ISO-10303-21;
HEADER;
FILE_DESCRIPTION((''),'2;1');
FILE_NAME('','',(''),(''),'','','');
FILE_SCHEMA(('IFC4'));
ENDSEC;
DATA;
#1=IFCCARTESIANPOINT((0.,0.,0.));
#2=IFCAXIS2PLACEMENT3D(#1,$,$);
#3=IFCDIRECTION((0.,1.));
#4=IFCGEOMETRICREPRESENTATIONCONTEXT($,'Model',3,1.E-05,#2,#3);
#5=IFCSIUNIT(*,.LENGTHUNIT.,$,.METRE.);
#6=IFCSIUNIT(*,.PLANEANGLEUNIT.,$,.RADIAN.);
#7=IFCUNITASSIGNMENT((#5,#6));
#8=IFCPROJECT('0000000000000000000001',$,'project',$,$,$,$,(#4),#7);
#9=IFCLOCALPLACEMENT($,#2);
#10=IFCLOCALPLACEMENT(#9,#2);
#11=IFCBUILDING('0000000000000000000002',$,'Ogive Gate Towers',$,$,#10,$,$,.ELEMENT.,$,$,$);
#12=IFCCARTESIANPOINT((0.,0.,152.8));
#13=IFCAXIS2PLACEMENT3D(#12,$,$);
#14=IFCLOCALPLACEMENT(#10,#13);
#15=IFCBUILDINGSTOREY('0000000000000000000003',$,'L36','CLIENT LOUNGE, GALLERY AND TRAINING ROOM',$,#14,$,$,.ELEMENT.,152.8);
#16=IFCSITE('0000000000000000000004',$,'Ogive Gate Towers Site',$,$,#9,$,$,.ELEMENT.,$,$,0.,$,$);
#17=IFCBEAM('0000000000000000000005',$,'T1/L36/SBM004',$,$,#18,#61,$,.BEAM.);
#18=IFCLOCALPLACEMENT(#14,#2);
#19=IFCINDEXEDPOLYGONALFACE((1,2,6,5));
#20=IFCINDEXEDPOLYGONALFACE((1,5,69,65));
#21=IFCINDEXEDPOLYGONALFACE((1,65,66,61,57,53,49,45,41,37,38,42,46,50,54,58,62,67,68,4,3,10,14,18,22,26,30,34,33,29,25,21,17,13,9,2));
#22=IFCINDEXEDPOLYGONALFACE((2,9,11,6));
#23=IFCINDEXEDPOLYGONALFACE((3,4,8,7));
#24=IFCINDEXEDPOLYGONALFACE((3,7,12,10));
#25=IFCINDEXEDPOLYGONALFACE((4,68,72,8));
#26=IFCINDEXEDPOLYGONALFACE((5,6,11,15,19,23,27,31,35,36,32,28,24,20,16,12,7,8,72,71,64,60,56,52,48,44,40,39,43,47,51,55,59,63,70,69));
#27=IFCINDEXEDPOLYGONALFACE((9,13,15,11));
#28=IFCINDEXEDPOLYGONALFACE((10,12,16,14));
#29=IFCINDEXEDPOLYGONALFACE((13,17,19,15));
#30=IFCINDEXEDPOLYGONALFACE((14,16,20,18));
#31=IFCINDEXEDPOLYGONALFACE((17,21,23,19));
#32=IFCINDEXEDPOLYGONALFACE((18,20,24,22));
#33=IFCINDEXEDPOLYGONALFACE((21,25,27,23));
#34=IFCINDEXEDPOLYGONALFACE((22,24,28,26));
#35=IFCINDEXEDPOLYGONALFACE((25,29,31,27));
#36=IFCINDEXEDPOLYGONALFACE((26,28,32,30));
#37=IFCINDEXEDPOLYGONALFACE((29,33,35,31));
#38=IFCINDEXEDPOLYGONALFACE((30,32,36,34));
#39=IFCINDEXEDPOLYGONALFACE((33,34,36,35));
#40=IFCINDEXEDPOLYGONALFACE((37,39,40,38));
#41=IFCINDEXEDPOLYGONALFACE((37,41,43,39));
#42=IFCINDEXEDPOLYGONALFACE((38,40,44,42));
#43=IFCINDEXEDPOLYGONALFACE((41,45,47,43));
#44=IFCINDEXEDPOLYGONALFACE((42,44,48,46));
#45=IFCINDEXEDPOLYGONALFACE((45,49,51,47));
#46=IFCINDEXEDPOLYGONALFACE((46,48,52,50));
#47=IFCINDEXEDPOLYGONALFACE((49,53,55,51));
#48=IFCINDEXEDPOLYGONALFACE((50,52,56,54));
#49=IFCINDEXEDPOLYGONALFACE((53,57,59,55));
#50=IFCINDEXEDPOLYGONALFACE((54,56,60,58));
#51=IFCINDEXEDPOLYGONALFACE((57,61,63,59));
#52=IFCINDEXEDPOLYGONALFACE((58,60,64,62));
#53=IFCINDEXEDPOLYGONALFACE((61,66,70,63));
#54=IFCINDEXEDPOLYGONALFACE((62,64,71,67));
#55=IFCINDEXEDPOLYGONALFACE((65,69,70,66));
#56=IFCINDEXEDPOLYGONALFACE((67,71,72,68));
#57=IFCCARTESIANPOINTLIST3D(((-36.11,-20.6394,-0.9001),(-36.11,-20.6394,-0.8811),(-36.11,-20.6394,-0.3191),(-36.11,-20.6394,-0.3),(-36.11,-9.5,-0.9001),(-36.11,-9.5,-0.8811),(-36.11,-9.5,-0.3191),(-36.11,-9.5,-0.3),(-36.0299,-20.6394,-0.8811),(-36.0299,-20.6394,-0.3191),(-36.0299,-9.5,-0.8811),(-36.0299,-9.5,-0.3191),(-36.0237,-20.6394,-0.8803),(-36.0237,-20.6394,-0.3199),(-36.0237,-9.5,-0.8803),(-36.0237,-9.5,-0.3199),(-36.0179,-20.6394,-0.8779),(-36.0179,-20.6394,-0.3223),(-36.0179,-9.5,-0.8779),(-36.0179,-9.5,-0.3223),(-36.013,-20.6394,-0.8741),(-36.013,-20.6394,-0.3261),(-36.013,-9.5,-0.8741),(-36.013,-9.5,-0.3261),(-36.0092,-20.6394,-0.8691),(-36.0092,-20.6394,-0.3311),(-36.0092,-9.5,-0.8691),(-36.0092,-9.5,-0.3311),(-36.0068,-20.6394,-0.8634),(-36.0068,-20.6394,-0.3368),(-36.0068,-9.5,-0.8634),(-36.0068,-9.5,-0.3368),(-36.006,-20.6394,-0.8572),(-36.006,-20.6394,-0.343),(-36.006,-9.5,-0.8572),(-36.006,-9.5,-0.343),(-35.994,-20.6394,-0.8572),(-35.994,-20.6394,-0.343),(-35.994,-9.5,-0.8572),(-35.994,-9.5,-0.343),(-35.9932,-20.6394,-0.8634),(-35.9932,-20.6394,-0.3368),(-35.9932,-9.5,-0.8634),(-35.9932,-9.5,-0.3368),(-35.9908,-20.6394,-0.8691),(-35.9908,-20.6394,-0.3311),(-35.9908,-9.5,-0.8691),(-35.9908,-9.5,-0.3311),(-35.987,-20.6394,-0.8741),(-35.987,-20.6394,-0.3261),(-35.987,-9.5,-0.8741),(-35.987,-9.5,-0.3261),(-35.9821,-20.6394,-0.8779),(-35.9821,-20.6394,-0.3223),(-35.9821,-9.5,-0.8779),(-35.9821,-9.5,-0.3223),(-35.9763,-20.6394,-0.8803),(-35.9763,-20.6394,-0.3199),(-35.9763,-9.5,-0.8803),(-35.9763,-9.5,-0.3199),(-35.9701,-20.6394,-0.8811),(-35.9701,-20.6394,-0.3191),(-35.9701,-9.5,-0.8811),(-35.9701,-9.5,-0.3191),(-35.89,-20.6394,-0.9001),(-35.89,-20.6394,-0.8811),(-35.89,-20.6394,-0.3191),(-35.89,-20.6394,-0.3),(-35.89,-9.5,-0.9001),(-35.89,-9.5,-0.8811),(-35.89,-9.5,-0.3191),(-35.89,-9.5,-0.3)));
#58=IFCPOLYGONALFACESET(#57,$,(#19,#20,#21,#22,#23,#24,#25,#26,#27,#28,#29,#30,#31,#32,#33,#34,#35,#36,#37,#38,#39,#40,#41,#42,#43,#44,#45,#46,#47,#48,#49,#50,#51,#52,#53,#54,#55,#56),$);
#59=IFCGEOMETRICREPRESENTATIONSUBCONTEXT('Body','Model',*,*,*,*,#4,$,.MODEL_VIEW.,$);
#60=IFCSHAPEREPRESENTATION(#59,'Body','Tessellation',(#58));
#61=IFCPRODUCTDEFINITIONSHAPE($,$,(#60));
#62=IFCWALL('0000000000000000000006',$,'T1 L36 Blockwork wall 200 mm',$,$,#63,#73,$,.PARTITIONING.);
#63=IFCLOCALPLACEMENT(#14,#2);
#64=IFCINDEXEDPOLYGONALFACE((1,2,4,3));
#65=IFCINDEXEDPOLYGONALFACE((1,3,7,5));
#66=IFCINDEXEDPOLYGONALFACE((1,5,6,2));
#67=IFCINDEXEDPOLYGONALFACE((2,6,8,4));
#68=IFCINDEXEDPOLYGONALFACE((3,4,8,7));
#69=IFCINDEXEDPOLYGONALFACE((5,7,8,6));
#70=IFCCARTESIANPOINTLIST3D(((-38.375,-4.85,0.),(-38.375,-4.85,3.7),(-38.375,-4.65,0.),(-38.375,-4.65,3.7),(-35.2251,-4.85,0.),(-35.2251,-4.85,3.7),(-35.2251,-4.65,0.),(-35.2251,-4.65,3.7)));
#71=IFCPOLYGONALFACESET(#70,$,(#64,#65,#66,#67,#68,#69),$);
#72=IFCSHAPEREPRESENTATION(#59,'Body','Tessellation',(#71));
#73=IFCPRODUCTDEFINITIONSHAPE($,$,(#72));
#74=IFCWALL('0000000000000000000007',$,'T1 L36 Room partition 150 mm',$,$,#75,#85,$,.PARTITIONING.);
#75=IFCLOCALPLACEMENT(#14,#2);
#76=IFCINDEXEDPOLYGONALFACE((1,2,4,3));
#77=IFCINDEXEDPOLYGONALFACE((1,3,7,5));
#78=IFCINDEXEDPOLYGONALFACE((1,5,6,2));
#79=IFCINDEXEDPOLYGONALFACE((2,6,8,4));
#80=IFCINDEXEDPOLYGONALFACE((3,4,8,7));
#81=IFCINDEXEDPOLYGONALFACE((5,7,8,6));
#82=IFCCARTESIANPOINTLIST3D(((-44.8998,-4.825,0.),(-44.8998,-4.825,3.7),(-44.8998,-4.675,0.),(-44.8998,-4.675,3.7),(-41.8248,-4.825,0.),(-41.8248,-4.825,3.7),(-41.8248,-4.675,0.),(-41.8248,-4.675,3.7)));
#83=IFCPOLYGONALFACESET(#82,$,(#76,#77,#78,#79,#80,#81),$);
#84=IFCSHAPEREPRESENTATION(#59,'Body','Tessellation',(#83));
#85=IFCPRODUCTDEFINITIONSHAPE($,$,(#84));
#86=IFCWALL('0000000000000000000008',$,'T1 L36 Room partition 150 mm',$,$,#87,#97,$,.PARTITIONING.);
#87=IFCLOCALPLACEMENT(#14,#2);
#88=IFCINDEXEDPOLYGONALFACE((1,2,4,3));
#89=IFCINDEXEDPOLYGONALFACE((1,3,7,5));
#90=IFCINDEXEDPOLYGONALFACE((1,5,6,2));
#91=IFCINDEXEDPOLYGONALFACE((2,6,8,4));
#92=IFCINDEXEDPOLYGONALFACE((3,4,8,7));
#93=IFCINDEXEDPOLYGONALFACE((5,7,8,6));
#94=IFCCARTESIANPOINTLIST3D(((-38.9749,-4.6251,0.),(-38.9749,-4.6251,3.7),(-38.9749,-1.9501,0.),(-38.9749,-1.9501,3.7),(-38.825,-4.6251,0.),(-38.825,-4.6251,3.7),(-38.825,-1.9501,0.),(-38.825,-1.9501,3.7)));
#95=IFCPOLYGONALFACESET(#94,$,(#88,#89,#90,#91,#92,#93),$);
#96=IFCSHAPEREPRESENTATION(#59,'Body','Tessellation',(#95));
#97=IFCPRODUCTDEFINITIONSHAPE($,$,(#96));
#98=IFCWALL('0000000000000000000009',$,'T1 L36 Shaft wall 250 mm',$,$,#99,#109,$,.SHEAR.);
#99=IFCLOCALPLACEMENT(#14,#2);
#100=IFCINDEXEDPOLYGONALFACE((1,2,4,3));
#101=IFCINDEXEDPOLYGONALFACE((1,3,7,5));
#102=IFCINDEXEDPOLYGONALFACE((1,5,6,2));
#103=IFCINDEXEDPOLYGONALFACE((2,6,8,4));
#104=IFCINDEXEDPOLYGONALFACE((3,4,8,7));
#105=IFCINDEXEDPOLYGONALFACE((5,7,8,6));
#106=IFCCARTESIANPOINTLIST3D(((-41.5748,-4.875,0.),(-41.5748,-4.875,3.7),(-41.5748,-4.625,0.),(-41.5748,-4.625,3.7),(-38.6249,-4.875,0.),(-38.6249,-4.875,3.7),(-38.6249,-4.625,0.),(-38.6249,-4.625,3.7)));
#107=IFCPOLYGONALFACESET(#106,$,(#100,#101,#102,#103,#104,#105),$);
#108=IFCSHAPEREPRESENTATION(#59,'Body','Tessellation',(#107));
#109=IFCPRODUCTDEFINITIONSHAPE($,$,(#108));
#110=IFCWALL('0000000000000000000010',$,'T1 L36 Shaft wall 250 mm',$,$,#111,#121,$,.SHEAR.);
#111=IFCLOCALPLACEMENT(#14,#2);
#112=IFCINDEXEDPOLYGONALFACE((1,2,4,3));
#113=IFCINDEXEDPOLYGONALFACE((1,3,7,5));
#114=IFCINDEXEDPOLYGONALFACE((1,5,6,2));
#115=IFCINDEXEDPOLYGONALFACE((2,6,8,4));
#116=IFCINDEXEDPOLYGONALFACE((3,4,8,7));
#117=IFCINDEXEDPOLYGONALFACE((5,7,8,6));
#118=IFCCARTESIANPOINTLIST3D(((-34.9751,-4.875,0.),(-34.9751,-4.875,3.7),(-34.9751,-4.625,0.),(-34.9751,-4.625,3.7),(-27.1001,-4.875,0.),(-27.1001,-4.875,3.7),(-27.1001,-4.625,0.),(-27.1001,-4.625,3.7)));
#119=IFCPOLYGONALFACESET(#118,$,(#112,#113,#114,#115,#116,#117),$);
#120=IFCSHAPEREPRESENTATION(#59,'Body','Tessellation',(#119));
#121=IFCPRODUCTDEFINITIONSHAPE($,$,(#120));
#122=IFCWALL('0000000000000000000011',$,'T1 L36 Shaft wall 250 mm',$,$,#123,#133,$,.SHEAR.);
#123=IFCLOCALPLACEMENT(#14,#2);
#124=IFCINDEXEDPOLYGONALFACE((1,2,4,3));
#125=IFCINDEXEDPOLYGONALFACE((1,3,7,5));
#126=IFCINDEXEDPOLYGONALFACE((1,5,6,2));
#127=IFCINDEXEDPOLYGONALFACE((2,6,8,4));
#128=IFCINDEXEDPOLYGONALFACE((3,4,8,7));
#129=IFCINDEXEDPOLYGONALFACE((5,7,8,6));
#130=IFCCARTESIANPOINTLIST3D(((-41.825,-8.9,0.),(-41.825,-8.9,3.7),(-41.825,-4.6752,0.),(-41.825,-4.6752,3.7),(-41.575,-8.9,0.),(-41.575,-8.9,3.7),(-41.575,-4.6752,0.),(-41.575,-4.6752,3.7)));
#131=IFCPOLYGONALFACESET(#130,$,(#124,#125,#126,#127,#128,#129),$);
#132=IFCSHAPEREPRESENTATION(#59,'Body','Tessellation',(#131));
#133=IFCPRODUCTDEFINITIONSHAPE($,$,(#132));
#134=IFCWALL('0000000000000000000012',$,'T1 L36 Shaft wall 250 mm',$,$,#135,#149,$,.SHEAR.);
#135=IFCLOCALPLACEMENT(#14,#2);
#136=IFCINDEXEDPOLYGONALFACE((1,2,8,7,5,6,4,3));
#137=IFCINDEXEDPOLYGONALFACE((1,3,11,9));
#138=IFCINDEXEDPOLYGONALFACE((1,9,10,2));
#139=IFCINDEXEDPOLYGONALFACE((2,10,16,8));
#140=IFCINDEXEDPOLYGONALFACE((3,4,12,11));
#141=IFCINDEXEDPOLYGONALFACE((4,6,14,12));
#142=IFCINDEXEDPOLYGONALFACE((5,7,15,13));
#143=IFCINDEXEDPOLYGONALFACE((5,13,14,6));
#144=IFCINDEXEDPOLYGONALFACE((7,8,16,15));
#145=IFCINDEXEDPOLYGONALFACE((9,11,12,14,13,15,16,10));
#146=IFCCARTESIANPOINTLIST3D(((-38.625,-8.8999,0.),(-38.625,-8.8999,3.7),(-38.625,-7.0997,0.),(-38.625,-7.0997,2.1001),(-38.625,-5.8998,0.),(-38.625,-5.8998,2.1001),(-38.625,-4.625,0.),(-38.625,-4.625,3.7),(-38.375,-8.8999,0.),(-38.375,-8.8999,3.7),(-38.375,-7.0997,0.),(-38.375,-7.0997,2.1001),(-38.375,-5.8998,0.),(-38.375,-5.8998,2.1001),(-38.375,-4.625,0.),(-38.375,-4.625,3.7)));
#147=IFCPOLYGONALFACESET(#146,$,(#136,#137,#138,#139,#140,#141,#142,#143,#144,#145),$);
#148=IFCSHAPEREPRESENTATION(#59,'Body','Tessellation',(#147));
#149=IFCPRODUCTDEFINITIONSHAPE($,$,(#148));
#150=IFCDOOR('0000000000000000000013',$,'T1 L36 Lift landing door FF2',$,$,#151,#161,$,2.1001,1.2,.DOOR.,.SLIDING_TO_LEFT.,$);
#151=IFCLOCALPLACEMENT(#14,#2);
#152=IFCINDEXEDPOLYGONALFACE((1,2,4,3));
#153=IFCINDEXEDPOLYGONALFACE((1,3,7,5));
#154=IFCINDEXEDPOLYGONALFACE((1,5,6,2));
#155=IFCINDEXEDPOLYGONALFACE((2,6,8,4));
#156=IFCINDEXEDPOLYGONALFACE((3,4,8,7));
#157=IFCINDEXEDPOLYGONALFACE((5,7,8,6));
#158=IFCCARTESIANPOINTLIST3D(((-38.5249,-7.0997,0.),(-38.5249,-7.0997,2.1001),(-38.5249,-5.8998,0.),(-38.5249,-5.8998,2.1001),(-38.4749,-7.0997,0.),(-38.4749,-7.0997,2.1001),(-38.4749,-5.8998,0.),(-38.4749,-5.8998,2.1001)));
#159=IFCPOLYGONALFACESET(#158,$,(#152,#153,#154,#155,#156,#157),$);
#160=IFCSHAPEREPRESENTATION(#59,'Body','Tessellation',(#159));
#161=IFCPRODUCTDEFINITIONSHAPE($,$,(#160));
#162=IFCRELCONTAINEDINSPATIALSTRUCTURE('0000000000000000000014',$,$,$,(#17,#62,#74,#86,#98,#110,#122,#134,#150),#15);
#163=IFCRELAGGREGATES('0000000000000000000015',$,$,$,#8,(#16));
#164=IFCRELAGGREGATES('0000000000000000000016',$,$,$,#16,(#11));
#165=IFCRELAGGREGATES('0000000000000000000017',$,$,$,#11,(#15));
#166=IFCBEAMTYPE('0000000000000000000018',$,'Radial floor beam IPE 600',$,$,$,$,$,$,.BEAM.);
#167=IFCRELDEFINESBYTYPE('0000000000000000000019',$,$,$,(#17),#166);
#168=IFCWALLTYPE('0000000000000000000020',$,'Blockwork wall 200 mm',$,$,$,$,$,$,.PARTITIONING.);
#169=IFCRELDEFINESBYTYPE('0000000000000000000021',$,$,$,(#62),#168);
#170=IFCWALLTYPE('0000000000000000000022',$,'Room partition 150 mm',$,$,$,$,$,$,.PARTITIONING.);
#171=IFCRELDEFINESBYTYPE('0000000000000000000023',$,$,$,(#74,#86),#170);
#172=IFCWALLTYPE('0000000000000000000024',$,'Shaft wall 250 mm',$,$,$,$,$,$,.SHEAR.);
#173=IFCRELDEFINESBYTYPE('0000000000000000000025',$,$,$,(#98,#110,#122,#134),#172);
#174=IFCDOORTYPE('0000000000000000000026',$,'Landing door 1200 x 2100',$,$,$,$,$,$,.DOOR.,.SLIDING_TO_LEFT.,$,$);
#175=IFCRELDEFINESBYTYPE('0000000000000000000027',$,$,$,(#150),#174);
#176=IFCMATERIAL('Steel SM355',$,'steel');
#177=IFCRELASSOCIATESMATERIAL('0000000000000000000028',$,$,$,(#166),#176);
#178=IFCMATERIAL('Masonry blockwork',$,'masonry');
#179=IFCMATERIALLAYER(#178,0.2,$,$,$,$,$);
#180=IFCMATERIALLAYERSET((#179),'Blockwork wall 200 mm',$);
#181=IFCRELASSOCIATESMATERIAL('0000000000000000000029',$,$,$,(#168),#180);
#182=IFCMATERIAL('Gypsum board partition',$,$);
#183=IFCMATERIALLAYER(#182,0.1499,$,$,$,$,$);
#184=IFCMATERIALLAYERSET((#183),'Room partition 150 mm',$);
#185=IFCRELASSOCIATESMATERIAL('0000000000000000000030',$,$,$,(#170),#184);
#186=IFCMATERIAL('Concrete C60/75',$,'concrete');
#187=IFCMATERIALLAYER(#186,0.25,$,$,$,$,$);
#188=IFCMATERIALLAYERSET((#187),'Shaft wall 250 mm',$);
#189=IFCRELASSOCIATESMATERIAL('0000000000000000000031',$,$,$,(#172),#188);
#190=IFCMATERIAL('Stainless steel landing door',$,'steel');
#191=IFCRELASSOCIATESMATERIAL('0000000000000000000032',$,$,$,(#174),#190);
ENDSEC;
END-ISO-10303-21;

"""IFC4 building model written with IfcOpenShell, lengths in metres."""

from ifc_helpers import new_model, si_unit, direction, frame, frame_2d, origin, origin_2d, place, context, subcontext, project, spatial, rectangle, i_section, extrude, material, layer, layer_set, material_profile, profile_set, type_object, element, fill, save


model = new_model("IFC4")

# Units and contexts
model_context = context("Model", 3, precision=1e-05, world=origin(), true_north=direction((0.0, 1.0)))
body_context = subcontext(model_context, "Body", "Model", "MODEL_VIEW")
ifc_project = project(units=[si_unit("LENGTHUNIT", "METRE"), si_unit("PLANEANGLEUNIT", "RADIAN")], contexts=[model_context])

# Site, building, storey
site_placement = place(None, origin())
site = spatial("IfcSite", under=ifc_project, at=site_placement, Name="Ogive Gate Towers Site", CompositionType="ELEMENT", RefElevation=0.0)
building_placement = place(site_placement, origin())
building = spatial("IfcBuilding", under=site, at=building_placement, Name="Ogive Gate Towers", CompositionType="ELEMENT")
storey_placement = place(building_placement, frame((0.0, 0.0, 152.8)))
storey = spatial("IfcBuildingStorey", under=building, at=storey_placement, Name="L36", Description="CLIENT LOUNGE, GALLERY AND TRAINING ROOM", CompositionType="ELEMENT", Elevation=152.8)

# Beam
ifc_material_1 = material(Name="Steel SM355", Category="steel")
ifc_material_profile = material_profile(ifc_material_1, i_section(OverallWidth=0.22, OverallDepth=0.6001, WebThickness=0.012, FlangeThickness=0.019, FilletRadius=0.0239, at=origin_2d()), Name="IPE 600")
ifc_profile_set = profile_set([ifc_material_profile], Name="Steel SM355")
beam_type = type_object("IfcBeamType", Name="Radial floor beam IPE 600", PredefinedType="BEAM", material=ifc_profile_set)
beam_placement = place(storey_placement, frame((-36.0, -9.5, -0.6001), z_axis=(0.0, -1.0, 0.0), x_axis=(1.0, 0.0, 0.0)))
element("IfcBeam", 1, at=beam_placement, inside=storey, type_object=beam_type, Name="T1/L36/SBM004", PredefinedType="BEAM", context=body_context, shape_type="SweptSolid", body=[
    extrude(i_section(OverallWidth=0.22, OverallDepth=0.6001, WebThickness=0.012, FlangeThickness=0.019, FilletRadius=0.0239, at=origin_2d()), origin(), (0.0, 0.0, 1.0), 11.1394),
])

# Walls
ifc_material_2 = material(Name="Masonry blockwork", Category="masonry")
ifc_layer_1 = layer(ifc_material_2, 0.2)
ifc_layer_set_1 = layer_set([ifc_layer_1], Name="Blockwork wall 200 mm")
wall_type_1 = type_object("IfcWallType", Name="Blockwork wall 200 mm", PredefinedType="PARTITIONING", material=ifc_layer_set_1)
wall_1_placement = place(storey_placement, frame((-38.375, -4.75, 0.0), z_axis=(0.0, 0.0, 1.0), x_axis=(1.0, 0.0, 0.0)))
element("IfcWall", 2, at=wall_1_placement, inside=storey, type_object=wall_type_1, Name="T1 L36 Blockwork wall 200 mm", PredefinedType="PARTITIONING", context=body_context, shape_type="SweptSolid", body=[
    extrude(rectangle(XDim=3.1499, YDim=0.2, at=frame_2d((1.575, 0.0))), origin(), (0.0, 0.0, 1.0), 3.7),
])
ifc_material_3 = material(Name="Gypsum board partition")
ifc_layer_2 = layer(ifc_material_3, 0.1499)
ifc_layer_set_2 = layer_set([ifc_layer_2], Name="Room partition 150 mm")
wall_type_2 = type_object("IfcWallType", Name="Room partition 150 mm", PredefinedType="PARTITIONING", material=ifc_layer_set_2)
wall_2_placement = place(storey_placement, frame((-44.8999, -4.75, 0.0), z_axis=(0.0, 0.0, 1.0), x_axis=(1.0, 0.0, 0.0)))
element("IfcWall", 3, at=wall_2_placement, inside=storey, type_object=wall_type_2, Name="T1 L36 Room partition 150 mm", PredefinedType="PARTITIONING", context=body_context, shape_type="SweptSolid", body=[
    extrude(rectangle(XDim=3.075, YDim=0.1499, at=frame_2d((1.5376, 0.0))), origin(), (0.0, 0.0, 1.0), 3.7),
])
wall_3_placement = place(storey_placement, frame((-38.8999, -4.625, 0.0), z_axis=(0.0, 0.0, 1.0), x_axis=(0.0, 1.0, 0.0)))
element("IfcWall", 4, at=wall_3_placement, inside=storey, type_object=wall_type_2, Name="T1 L36 Room partition 150 mm", PredefinedType="PARTITIONING", context=body_context, shape_type="SweptSolid", body=[
    extrude(rectangle(XDim=2.675, YDim=0.1499, at=frame_2d((1.3374, 0.0))), origin(), (0.0, 0.0, 1.0), 3.7),
])
ifc_material_4 = material(Name="Concrete C60/75", Category="concrete")
ifc_layer_3 = layer(ifc_material_4, 0.25)
ifc_layer_set_3 = layer_set([ifc_layer_3], Name="Shaft wall 250 mm")
wall_type_3 = type_object("IfcWallType", Name="Shaft wall 250 mm", PredefinedType="SHEAR", material=ifc_layer_set_3)
wall_4_placement = place(storey_placement, frame((-41.575, -4.75, 0.0), z_axis=(0.0, 0.0, 1.0), x_axis=(1.0, 0.0, 0.0)))
element("IfcWall", 5, at=wall_4_placement, inside=storey, type_object=wall_type_3, Name="T1 L36 Shaft wall 250 mm", PredefinedType="SHEAR", context=body_context, shape_type="SweptSolid", body=[
    extrude(rectangle(XDim=2.95, YDim=0.25, at=frame_2d((1.4751, 0.0))), origin(), (0.0, 0.0, 1.0), 3.7),
])
wall_5_placement = place(storey_placement, frame((-34.9751, -4.75, 0.0), z_axis=(0.0, 0.0, 1.0), x_axis=(1.0, 0.0, 0.0)))
element("IfcWall", 6, at=wall_5_placement, inside=storey, type_object=wall_type_3, Name="T1 L36 Shaft wall 250 mm", PredefinedType="SHEAR", context=body_context, shape_type="SweptSolid", body=[
    extrude(rectangle(XDim=7.875, YDim=0.25, at=frame_2d((3.9375, 0.0))), origin(), (0.0, 0.0, 1.0), 3.7),
])
wall_6_placement = place(storey_placement, frame((-41.7, -8.8999, 0.0), z_axis=(0.0, 0.0, 1.0), x_axis=(0.0, 1.0, 0.0)))
element("IfcWall", 7, at=wall_6_placement, inside=storey, type_object=wall_type_3, Name="T1 L36 Shaft wall 250 mm", PredefinedType="SHEAR", context=body_context, shape_type="SweptSolid", body=[
    extrude(rectangle(XDim=4.2249, YDim=0.25, at=frame_2d((2.1123, 0.0))), origin(), (0.0, 0.0, 1.0), 3.7),
])

# Wall, opening, door
wall_7_placement = place(storey_placement, frame((-38.5, -8.8999, 0.0), z_axis=(0.0, 0.0, 1.0), x_axis=(0.0, 1.0, 0.0)))
wall_7 = element("IfcWall", 8, at=wall_7_placement, inside=storey, type_object=wall_type_3, Name="T1 L36 Shaft wall 250 mm", PredefinedType="SHEAR", context=body_context, shape_type="SweptSolid", body=[
    extrude(rectangle(XDim=4.2749, YDim=0.25, at=frame_2d((2.1375, 0.0))), origin(), (0.0, 0.0, 1.0), 3.7),
])
opening_1_placement = place(wall_7_placement, frame((1.8, 0.0, 0.0)))
opening_1 = element("IfcOpeningElement", 9, at=opening_1_placement, cuts=wall_7, PredefinedType="OPENING", context=body_context, shape_type="SweptSolid", body=[
    extrude(rectangle(XDim=1.2, YDim=2.1001, at=frame_2d((0.6001, 1.05))), frame((0.0, 0.135, 0.0), z_axis=(0.0, -1.0, 0.0), x_axis=(1.0, 0.0, 0.0)), (0.0, 0.0, 1.0), 0.27),
])
ifc_material_5 = material(Name="Stainless steel landing door", Category="steel")
door_type_1 = type_object("IfcDoorType", Name="Landing door 1200 x 2100", OperationType="SLIDING_TO_LEFT", PredefinedType="DOOR", material=ifc_material_5)
door_1_placement = place(opening_1_placement, origin())
door_1 = element("IfcDoor", 10, at=door_1_placement, inside=storey, type_object=door_type_1, Name="T1 L36 Lift landing door FF2", OperationType="SLIDING_TO_LEFT", OverallHeight=2.1001, OverallWidth=1.2, PredefinedType="DOOR", context=body_context, shape_type="SweptSolid", body=[
    extrude(rectangle(XDim=1.2, YDim=2.1001, at=frame_2d((0.6001, 1.05))), frame((0.0, 0.0249, 0.0), z_axis=(0.0, -1.0, 0.0), x_axis=(1.0, 0.0, 0.0)), (0.0, 0.0, 1.0), 0.05),
])
fill(opening_1, door_1)

save(model, "model.ifc")
